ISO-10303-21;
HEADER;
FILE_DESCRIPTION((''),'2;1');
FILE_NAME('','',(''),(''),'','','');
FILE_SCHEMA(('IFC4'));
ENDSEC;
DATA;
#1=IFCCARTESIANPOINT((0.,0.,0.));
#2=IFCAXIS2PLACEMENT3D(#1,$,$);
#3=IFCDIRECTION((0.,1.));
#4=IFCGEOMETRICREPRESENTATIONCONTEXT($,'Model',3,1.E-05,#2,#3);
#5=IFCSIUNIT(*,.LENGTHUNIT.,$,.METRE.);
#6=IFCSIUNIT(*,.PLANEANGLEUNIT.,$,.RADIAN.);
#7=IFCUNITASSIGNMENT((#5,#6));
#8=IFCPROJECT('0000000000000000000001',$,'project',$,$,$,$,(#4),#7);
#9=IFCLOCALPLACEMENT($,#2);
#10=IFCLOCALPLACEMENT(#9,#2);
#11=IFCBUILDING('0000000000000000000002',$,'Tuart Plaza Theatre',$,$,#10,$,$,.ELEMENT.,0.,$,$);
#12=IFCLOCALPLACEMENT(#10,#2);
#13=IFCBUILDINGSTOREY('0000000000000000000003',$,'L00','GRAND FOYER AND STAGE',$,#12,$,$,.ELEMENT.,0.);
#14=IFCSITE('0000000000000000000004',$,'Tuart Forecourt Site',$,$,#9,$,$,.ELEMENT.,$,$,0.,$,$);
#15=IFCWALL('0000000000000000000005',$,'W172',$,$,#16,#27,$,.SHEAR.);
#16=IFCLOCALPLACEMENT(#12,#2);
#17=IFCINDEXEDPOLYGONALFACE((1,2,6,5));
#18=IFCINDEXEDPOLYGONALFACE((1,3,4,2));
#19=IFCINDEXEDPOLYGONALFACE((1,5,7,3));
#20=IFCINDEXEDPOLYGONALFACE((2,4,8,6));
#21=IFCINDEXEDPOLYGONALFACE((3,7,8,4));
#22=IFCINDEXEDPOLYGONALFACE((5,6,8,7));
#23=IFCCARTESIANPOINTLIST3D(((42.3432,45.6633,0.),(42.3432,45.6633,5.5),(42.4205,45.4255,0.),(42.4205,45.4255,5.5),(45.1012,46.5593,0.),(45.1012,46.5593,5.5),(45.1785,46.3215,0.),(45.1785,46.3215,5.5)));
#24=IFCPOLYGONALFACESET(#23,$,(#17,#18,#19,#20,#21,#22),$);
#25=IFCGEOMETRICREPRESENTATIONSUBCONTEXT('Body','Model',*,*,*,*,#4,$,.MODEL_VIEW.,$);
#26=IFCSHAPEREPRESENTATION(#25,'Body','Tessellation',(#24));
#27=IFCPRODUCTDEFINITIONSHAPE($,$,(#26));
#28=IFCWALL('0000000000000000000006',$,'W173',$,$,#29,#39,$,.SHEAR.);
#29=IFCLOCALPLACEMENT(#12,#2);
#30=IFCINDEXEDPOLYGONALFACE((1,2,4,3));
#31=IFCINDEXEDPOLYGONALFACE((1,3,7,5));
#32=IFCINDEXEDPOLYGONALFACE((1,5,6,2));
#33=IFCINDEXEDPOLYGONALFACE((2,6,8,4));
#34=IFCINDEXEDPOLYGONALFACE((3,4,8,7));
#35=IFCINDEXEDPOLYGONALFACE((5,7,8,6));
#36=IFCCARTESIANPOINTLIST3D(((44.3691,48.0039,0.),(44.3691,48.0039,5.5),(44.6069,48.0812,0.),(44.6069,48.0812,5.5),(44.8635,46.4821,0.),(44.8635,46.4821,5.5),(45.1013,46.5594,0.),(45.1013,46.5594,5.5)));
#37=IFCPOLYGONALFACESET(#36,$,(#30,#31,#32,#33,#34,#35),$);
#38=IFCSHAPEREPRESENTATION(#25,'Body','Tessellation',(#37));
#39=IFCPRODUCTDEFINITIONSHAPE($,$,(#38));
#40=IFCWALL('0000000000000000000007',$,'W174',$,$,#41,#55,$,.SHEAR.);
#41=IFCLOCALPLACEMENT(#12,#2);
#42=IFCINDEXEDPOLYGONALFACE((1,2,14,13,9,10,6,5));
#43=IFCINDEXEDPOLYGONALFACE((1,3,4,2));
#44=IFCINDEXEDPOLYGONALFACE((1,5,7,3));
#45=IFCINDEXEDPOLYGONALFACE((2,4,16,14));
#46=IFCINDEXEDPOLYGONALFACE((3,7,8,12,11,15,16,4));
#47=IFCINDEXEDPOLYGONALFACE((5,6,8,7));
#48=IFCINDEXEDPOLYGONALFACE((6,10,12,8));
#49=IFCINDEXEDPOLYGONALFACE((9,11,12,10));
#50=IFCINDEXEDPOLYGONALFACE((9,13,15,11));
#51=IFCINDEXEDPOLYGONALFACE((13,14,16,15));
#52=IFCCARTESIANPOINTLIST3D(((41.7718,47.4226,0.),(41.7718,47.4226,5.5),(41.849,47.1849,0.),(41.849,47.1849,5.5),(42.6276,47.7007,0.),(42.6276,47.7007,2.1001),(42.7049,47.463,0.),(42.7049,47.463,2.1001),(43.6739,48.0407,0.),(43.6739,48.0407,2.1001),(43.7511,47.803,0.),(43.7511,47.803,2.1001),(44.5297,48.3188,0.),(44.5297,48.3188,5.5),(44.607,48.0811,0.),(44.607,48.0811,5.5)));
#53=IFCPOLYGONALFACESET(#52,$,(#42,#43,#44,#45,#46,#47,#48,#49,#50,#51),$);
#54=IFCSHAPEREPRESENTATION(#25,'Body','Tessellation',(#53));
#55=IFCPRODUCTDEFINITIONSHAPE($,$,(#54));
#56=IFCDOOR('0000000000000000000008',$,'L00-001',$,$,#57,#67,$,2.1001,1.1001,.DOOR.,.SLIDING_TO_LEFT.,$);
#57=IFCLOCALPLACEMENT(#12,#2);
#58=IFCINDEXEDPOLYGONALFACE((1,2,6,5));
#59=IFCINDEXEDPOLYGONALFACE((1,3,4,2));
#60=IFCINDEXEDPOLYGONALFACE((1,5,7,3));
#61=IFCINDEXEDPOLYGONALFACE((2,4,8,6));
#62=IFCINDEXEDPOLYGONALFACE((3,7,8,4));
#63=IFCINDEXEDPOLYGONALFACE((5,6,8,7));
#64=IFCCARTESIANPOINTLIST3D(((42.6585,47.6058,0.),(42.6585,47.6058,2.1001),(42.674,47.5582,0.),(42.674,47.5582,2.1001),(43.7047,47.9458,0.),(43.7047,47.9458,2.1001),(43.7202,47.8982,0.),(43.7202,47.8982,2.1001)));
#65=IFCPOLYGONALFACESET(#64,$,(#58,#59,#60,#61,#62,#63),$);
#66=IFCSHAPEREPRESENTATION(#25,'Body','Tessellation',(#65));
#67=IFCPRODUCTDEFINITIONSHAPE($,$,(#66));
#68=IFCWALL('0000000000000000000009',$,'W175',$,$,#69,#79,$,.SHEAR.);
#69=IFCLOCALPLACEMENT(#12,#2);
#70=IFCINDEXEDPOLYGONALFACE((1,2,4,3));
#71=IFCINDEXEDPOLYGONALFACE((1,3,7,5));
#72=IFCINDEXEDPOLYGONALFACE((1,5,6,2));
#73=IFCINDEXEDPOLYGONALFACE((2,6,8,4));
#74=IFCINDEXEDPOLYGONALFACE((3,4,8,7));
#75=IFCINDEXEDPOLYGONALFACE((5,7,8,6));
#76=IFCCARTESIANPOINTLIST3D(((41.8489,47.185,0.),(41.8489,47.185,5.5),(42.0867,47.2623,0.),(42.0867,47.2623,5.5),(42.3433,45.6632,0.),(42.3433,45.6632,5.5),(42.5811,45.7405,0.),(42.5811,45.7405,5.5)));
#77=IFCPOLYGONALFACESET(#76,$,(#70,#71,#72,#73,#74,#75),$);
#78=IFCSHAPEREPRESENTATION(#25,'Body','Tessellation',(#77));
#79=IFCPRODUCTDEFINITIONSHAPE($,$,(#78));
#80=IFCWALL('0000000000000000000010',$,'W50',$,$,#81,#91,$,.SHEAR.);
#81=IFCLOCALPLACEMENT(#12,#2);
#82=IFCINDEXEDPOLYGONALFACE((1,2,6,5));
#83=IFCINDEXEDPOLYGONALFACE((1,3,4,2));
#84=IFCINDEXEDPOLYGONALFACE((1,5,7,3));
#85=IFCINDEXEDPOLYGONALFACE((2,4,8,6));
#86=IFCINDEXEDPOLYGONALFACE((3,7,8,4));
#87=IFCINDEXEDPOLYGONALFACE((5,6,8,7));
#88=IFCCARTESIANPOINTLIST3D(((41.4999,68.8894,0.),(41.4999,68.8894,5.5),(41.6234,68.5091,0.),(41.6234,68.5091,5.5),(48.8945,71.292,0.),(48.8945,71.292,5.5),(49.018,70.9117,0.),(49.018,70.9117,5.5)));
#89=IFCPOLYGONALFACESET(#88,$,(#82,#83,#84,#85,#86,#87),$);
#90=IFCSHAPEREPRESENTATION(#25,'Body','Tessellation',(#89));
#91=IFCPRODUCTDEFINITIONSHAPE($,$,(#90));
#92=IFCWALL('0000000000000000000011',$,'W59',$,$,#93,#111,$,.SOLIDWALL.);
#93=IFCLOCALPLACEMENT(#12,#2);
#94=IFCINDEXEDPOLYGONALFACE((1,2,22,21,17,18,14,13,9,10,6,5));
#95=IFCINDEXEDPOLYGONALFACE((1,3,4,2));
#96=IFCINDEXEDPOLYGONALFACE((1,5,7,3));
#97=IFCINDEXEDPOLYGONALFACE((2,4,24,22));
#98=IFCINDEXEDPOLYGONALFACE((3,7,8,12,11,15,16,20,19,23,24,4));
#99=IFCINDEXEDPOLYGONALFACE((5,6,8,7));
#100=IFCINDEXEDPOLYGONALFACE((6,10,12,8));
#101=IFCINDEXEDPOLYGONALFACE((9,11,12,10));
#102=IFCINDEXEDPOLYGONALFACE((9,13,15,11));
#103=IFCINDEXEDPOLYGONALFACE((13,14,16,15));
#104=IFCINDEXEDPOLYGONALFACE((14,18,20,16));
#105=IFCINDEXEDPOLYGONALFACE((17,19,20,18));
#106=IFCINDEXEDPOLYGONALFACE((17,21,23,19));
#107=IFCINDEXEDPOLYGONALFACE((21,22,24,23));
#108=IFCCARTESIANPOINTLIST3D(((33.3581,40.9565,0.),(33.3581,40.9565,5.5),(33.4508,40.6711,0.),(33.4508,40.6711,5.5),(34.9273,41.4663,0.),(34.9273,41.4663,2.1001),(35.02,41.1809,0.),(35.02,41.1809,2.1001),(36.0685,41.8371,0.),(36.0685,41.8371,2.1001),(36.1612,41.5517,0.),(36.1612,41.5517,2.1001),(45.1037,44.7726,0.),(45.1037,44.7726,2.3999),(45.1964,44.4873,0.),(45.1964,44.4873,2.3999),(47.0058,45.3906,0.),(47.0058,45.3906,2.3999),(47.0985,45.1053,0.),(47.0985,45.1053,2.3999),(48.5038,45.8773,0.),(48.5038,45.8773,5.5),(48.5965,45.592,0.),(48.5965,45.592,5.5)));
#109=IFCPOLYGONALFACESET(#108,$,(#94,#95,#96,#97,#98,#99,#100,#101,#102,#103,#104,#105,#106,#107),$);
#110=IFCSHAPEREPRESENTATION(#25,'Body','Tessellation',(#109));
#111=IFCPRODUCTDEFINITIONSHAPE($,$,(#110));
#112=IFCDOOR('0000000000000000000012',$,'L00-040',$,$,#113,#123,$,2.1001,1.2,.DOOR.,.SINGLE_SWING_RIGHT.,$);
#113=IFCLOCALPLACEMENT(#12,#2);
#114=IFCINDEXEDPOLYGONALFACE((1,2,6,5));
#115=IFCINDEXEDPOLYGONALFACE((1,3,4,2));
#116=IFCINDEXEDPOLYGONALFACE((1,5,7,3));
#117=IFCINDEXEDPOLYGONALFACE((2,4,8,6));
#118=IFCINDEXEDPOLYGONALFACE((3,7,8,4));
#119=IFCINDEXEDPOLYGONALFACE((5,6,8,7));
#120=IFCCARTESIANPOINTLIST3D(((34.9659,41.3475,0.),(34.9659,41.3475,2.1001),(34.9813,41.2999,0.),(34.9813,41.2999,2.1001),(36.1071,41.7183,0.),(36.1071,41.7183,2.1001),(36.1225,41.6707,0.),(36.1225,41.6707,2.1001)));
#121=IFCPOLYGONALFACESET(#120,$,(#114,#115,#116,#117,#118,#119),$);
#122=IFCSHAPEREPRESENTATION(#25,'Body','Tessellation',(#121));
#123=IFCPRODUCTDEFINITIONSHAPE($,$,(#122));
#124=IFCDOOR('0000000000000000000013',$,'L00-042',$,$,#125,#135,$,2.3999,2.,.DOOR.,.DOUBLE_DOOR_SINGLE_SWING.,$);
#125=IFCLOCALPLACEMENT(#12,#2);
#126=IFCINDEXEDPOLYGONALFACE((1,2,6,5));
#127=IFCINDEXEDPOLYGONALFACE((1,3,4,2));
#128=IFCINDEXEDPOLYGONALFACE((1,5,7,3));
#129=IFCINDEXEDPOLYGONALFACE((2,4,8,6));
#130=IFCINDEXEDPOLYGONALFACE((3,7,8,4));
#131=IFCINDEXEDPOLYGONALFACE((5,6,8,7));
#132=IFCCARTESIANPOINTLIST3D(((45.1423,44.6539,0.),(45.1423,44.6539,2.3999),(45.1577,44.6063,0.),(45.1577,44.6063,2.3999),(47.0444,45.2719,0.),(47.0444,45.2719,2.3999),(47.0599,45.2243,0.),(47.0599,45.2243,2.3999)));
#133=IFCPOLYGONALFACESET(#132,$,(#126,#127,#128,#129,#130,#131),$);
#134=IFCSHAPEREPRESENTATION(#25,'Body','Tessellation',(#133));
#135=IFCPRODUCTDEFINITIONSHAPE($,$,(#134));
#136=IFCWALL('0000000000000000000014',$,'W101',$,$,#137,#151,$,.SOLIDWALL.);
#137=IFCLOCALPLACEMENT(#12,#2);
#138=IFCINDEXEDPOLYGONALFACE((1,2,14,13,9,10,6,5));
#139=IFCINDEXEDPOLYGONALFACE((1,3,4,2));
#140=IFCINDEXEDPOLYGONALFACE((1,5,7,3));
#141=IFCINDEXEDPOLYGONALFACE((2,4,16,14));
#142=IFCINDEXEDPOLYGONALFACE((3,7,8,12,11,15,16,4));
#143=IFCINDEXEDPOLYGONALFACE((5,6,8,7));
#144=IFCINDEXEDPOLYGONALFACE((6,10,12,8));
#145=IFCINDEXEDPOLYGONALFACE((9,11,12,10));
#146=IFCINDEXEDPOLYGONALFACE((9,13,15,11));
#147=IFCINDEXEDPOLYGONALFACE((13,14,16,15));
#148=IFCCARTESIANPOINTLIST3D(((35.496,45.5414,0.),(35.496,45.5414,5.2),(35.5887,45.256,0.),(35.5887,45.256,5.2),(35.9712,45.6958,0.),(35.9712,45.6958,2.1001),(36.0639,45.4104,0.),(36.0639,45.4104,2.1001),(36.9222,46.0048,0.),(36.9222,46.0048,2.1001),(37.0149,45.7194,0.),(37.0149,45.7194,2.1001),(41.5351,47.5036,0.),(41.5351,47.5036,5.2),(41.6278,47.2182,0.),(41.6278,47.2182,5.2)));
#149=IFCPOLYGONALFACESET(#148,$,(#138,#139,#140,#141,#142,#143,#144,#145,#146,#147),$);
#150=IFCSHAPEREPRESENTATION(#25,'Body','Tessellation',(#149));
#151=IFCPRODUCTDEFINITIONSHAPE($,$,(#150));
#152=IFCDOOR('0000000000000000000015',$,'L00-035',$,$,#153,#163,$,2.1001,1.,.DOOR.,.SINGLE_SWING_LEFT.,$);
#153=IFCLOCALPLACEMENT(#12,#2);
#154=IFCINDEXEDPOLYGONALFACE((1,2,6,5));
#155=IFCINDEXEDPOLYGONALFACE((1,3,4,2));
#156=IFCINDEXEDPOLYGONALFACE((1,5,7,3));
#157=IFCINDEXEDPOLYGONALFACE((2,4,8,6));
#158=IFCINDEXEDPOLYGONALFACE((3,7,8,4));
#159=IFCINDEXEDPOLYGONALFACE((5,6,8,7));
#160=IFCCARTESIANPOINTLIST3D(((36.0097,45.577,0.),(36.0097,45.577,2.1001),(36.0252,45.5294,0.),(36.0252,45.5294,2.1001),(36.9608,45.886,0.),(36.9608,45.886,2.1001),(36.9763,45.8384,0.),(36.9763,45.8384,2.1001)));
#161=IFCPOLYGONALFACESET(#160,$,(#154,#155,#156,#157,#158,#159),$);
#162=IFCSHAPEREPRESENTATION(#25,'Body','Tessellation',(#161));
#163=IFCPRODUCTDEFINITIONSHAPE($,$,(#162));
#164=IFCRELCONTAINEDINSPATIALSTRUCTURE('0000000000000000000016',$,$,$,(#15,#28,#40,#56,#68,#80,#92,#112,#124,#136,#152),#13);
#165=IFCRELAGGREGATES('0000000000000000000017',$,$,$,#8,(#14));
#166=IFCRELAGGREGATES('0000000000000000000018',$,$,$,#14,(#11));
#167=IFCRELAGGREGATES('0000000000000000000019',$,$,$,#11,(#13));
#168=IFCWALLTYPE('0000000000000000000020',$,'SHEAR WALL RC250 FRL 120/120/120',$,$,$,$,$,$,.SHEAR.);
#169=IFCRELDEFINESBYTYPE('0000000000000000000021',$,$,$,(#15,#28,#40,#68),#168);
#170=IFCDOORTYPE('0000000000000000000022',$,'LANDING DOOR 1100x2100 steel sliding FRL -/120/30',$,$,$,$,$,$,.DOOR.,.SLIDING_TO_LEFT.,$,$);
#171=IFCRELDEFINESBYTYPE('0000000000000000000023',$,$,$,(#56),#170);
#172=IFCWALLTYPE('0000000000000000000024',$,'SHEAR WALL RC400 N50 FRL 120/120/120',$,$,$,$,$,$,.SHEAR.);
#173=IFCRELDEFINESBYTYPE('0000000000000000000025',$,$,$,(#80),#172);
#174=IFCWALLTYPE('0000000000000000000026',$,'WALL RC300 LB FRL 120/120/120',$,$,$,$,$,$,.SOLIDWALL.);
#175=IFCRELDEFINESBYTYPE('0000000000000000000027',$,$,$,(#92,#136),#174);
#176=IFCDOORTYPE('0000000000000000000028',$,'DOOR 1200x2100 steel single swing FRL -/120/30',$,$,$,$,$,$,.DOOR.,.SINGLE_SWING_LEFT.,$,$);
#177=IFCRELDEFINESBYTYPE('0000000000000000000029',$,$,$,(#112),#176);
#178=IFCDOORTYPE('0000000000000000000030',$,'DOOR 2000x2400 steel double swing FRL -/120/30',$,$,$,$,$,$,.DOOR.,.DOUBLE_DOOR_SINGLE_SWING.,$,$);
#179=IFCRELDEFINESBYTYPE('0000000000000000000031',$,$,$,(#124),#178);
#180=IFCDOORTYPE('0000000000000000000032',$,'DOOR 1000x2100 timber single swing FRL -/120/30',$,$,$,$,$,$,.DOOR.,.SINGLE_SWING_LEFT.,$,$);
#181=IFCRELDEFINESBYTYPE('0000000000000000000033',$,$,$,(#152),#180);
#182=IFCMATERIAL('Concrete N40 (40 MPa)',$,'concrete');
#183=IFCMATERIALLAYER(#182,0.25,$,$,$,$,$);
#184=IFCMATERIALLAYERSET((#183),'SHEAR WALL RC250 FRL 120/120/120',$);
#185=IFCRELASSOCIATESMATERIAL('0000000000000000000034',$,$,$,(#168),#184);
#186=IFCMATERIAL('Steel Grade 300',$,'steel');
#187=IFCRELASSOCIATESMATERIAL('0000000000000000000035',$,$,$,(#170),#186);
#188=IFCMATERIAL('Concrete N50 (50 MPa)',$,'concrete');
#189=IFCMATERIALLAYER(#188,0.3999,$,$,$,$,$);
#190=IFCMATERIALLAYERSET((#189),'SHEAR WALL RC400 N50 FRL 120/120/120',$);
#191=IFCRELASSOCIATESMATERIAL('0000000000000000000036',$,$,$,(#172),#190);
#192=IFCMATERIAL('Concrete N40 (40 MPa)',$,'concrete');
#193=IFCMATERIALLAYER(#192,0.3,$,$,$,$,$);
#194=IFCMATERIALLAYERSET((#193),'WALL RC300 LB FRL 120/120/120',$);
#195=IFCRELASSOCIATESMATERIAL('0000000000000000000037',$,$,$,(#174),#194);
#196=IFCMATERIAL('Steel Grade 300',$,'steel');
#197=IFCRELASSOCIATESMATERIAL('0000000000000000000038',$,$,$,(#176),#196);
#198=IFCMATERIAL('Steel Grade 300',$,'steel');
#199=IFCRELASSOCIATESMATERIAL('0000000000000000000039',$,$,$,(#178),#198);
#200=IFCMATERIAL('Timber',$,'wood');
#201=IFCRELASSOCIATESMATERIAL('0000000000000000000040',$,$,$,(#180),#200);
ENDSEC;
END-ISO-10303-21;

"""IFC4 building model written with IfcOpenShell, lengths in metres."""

from ifc_helpers import new_model, si_unit, direction, frame, frame_2d, origin, place, context, subcontext, project, spatial, rectangle, extrude, material, layer, layer_set, type_object, element, fill, save


model = new_model("IFC4")

# Units and contexts
model_context = context("Model", 3, precision=1e-05, world=origin(), true_north=direction((0.0, 1.0)))
body_context = subcontext(model_context, "Body", "Model", "MODEL_VIEW")
ifc_project = project(units=[si_unit("LENGTHUNIT", "METRE"), si_unit("PLANEANGLEUNIT", "RADIAN")], contexts=[model_context])

# Site, building, storey
site_placement = place(None, origin())
site = spatial("IfcSite", under=ifc_project, at=site_placement, Name="Tuart Forecourt Site", CompositionType="ELEMENT", RefElevation=0.0)
building_placement = place(site_placement, origin())
building = spatial("IfcBuilding", under=site, at=building_placement, Name="Tuart Plaza Theatre", CompositionType="ELEMENT", ElevationOfRefHeight=0.0)
storey_placement = place(building_placement, origin())
storey = spatial("IfcBuildingStorey", under=building, at=storey_placement, Name="L00", Description="GRAND FOYER AND STAGE", CompositionType="ELEMENT", Elevation=0.0)

# Walls
ifc_material_1 = material(Name="Concrete N40 (40 MPa)", Category="concrete")
ifc_layer_1 = layer(ifc_material_1, 0.25)
ifc_layer_set_1 = layer_set([ifc_layer_1], Name="SHEAR WALL RC250 FRL 120/120/120")
wall_type_1 = type_object("IfcWallType", Name="SHEAR WALL RC250 FRL 120/120/120", PredefinedType="SHEAR", material=ifc_layer_set_1)
wall_1_placement = place(storey_placement, frame((42.3818, 45.5444, 0.0), z_axis=(0.0, 0.0, 1.0), x_axis=(0.951072, 0.30897, 0.0)))
element("IfcWall", 1, at=wall_1_placement, inside=storey, type_object=wall_type_1, Name="W172", PredefinedType="SHEAR", context=body_context, shape_type="SweptSolid", body=[
    extrude(rectangle(XDim=2.8999, YDim=0.25, at=frame_2d((1.45, 0.0))), origin(), (0.0, 0.0, 1.0), 5.5),
])
wall_2_placement = place(storey_placement, frame((44.9824, 46.5208, 0.0), z_axis=(0.0, 0.0, 1.0), x_axis=(-0.308986, 0.951067, 0.0)))
element("IfcWall", 2, at=wall_2_placement, inside=storey, type_object=wall_type_1, Name="W173", PredefinedType="SHEAR", context=body_context, shape_type="SweptSolid", body=[
    extrude(rectangle(XDim=1.6001, YDim=0.25, at=frame_2d((0.8, 0.0))), origin(), (0.0, 0.0, 1.0), 5.5),
])

# Wall, opening, door
wall_3_placement = place(storey_placement, frame((44.5684, 48.2, 0.0), z_axis=(0.0, 0.0, 1.0), x_axis=(-0.951047, -0.309046, 0.0)))
wall_3 = element("IfcWall", 3, at=wall_3_placement, inside=storey, type_object=wall_type_1, Name="W174", PredefinedType="SHEAR", context=body_context, shape_type="SweptSolid", body=[
    extrude(rectangle(XDim=2.8999, YDim=0.25, at=frame_2d((1.45, 0.0))), origin(), (0.0, 0.0, 1.0), 5.5),
])
opening_1_placement = place(wall_3_placement, frame((0.8999, 0.0, 0.0)))
opening_1 = element("IfcOpeningElement", 4, at=opening_1_placement, cuts=wall_3, PredefinedType="OPENING", context=body_context, shape_type="SweptSolid", body=[
    extrude(rectangle(XDim=1.1001, YDim=2.1001, at=frame_2d((0.55, 1.05))), frame((0.0, 0.135, 0.0), z_axis=(0.0, -1.0, 0.0), x_axis=(1.0, 0.0, 0.0)), (0.0, 0.0, 1.0), 0.27),
])
ifc_material_2 = material(Name="Steel Grade 300", Category="steel")
door_type_1 = type_object("IfcDoorType", Name="LANDING DOOR 1100x2100 steel sliding FRL -/120/30", OperationType="SLIDING_TO_LEFT", PredefinedType="DOOR", material=ifc_material_2)
door_1_placement = place(opening_1_placement, origin())
door_1 = element("IfcDoor", 5, at=door_1_placement, inside=storey, type_object=door_type_1, Name="L00-001", OperationType="SLIDING_TO_LEFT", OverallHeight=2.1001, OverallWidth=1.1001, PredefinedType="DOOR", context=body_context, shape_type="SweptSolid", body=[
    extrude(rectangle(XDim=1.1001, YDim=2.1001, at=frame_2d((0.55, 1.05))), frame((0.0, 0.0249, 0.0), z_axis=(0.0, -1.0, 0.0), x_axis=(1.0, 0.0, 0.0)), (0.0, 0.0, 1.0), 0.05),
])
fill(opening_1, door_1)

# Walls
wall_4_placement = place(storey_placement, frame((41.9678, 47.2236, 0.0), z_axis=(0.0, 0.0, 1.0), x_axis=(0.308986, -0.951067, 0.0)))
element("IfcWall", 6, at=wall_4_placement, inside=storey, type_object=wall_type_1, Name="W175", PredefinedType="SHEAR", context=body_context, shape_type="SweptSolid", body=[
    extrude(rectangle(XDim=1.6001, YDim=0.25, at=frame_2d((0.8, 0.0))), origin(), (0.0, 0.0, 1.0), 5.5),
])
ifc_material_3 = material(Name="Concrete N50 (50 MPa)", Category="concrete")
ifc_layer_2 = layer(ifc_material_3, 0.3999)
ifc_layer_set_2 = layer_set([ifc_layer_2], Name="SHEAR WALL RC400 N50 FRL 120/120/120")
wall_type_2 = type_object("IfcWallType", Name="SHEAR WALL RC400 N50 FRL 120/120/120", PredefinedType="SHEAR", material=ifc_layer_set_2)
wall_5_placement = place(storey_placement, frame((41.5615, 68.6992, 0.0), z_axis=(0.0, 0.0, 1.0), x_axis=(0.951058, 0.309012, 0.0)))
element("IfcWall", 7, at=wall_5_placement, inside=storey, type_object=wall_type_2, Name="W50", PredefinedType="SHEAR", context=body_context, shape_type="SweptSolid", body=[
    extrude(rectangle(XDim=7.7751, YDim=0.3999, at=frame_2d((3.8877, 0.0))), origin(), (0.0, 0.0, 1.0), 5.5),
])

# Wall, openings, doors
ifc_material_4 = material(Name="Concrete N40 (40 MPa)", Category="concrete")
ifc_layer_3 = layer(ifc_material_4, 0.3)
ifc_layer_set_3 = layer_set([ifc_layer_3], Name="WALL RC300 LB FRL 120/120/120")
wall_type_3 = type_object("IfcWallType", Name="WALL RC300 LB FRL 120/120/120", PredefinedType="SOLIDWALL", material=ifc_layer_set_3)
wall_6_placement = place(storey_placement, frame((48.55, 45.7346, 0.0), z_axis=(0.0, 0.0, 1.0), x_axis=(-0.951061, -0.309003, 0.0)))
wall_6 = element("IfcWall", 8, at=wall_6_placement, inside=storey, type_object=wall_type_3, Name="W59", PredefinedType="SOLIDWALL", context=body_context, shape_type="SweptSolid", body=[
    extrude(rectangle(XDim=15.925, YDim=0.3, at=frame_2d((7.9624, 0.0))), origin(), (0.0, 0.0, 1.0), 5.5),
])
opening_2_placement = place(wall_6_placement, frame((13.075, 0.0, 0.0)))
opening_2 = element("IfcOpeningElement", 9, at=opening_2_placement, cuts=wall_6, PredefinedType="OPENING", context=body_context, shape_type="SweptSolid", body=[
    extrude(rectangle(XDim=1.2, YDim=2.1001, at=frame_2d((0.6001, 1.05))), frame((0.0, 0.1599, 0.0), z_axis=(0.0, -1.0, 0.0), x_axis=(1.0, 0.0, 0.0)), (0.0, 0.0, 1.0), 0.3201),
])
opening_3_placement = place(wall_6_placement, frame((1.575, 0.0, 0.0)))
opening_3 = element("IfcOpeningElement", 10, at=opening_3_placement, cuts=wall_6, PredefinedType="OPENING", context=body_context, shape_type="SweptSolid", body=[
    extrude(rectangle(XDim=2.0, YDim=2.3999, at=frame_2d((1.0, 1.2))), frame((0.0, 0.1599, 0.0), z_axis=(0.0, -1.0, 0.0), x_axis=(1.0, 0.0, 0.0)), (0.0, 0.0, 1.0), 0.3201),
])
ifc_material_5 = material(Name="Steel Grade 300", Category="steel")
door_type_2 = type_object("IfcDoorType", Name="DOOR 1200x2100 steel single swing FRL -/120/30", OperationType="SINGLE_SWING_LEFT", PredefinedType="DOOR", material=ifc_material_5)
door_2_placement = place(opening_2_placement, origin())
door_2 = element("IfcDoor", 11, at=door_2_placement, inside=storey, type_object=door_type_2, Name="L00-040", OperationType="SINGLE_SWING_RIGHT", OverallHeight=2.1001, OverallWidth=1.2, PredefinedType="DOOR", context=body_context, shape_type="SweptSolid", body=[
    extrude(rectangle(XDim=1.2, YDim=2.1001, at=frame_2d((0.6001, 1.05))), frame((0.0, 0.0249, 0.0), z_axis=(0.0, -1.0, 0.0), x_axis=(1.0, 0.0, 0.0)), (0.0, 0.0, 1.0), 0.05),
])
fill(opening_2, door_2)
ifc_material_6 = material(Name="Steel Grade 300", Category="steel")
door_type_3 = type_object("IfcDoorType", Name="DOOR 2000x2400 steel double swing FRL -/120/30", OperationType="DOUBLE_DOOR_SINGLE_SWING", PredefinedType="DOOR", material=ifc_material_6)
door_3_placement = place(opening_3_placement, origin())
door_3 = element("IfcDoor", 12, at=door_3_placement, inside=storey, type_object=door_type_3, Name="L00-042", OperationType="DOUBLE_DOOR_SINGLE_SWING", OverallHeight=2.3999, OverallWidth=2.0, PredefinedType="DOOR", context=body_context, shape_type="SweptSolid", body=[
    extrude(rectangle(XDim=2.0, YDim=2.3999, at=frame_2d((1.0, 1.2))), frame((0.0, 0.0249, 0.0), z_axis=(0.0, -1.0, 0.0), x_axis=(1.0, 0.0, 0.0)), (0.0, 0.0, 1.0), 0.05),
])
fill(opening_3, door_3)

# Wall, opening, door
wall_7_placement = place(storey_placement, frame((41.5813, 47.3608, 0.0), z_axis=(0.0, 0.0, 1.0), x_axis=(-0.951059, -0.30901, 0.0)))
wall_7 = element("IfcWall", 13, at=wall_7_placement, inside=storey, type_object=wall_type_3, Name="W101", PredefinedType="SOLIDWALL", context=body_context, shape_type="SweptSolid", body=[
    extrude(rectangle(XDim=6.3499, YDim=0.3, at=frame_2d((3.1748, 0.0))), origin(), (0.0, 0.0, 1.0), 5.2),
])
opening_4_placement = place(wall_7_placement, frame((4.8501, 0.0, 0.0)))
opening_4 = element("IfcOpeningElement", 14, at=opening_4_placement, cuts=wall_7, PredefinedType="OPENING", context=body_context, shape_type="SweptSolid", body=[
    extrude(rectangle(XDim=1.0, YDim=2.1001, at=frame_2d((0.5, 1.05))), frame((0.0, 0.1599, 0.0), z_axis=(0.0, -1.0, 0.0), x_axis=(1.0, 0.0, 0.0)), (0.0, 0.0, 1.0), 0.3201),
])
ifc_material_7 = material(Name="Timber", Category="wood")
door_type_4 = type_object("IfcDoorType", Name="DOOR 1000x2100 timber single swing FRL -/120/30", OperationType="SINGLE_SWING_LEFT", PredefinedType="DOOR", material=ifc_material_7)
door_4_placement = place(opening_4_placement, origin())
door_4 = element("IfcDoor", 15, at=door_4_placement, inside=storey, type_object=door_type_4, Name="L00-035", OperationType="SINGLE_SWING_LEFT", OverallHeight=2.1001, OverallWidth=1.0, PredefinedType="DOOR", context=body_context, shape_type="SweptSolid", body=[
    extrude(rectangle(XDim=1.0, YDim=2.1001, at=frame_2d((0.5, 1.05))), frame((0.0, 0.0249, 0.0), z_axis=(0.0, -1.0, 0.0), x_axis=(1.0, 0.0, 0.0)), (0.0, 0.0, 1.0), 0.05),
])
fill(opening_4, door_4)

save(model, "model.ifc")
